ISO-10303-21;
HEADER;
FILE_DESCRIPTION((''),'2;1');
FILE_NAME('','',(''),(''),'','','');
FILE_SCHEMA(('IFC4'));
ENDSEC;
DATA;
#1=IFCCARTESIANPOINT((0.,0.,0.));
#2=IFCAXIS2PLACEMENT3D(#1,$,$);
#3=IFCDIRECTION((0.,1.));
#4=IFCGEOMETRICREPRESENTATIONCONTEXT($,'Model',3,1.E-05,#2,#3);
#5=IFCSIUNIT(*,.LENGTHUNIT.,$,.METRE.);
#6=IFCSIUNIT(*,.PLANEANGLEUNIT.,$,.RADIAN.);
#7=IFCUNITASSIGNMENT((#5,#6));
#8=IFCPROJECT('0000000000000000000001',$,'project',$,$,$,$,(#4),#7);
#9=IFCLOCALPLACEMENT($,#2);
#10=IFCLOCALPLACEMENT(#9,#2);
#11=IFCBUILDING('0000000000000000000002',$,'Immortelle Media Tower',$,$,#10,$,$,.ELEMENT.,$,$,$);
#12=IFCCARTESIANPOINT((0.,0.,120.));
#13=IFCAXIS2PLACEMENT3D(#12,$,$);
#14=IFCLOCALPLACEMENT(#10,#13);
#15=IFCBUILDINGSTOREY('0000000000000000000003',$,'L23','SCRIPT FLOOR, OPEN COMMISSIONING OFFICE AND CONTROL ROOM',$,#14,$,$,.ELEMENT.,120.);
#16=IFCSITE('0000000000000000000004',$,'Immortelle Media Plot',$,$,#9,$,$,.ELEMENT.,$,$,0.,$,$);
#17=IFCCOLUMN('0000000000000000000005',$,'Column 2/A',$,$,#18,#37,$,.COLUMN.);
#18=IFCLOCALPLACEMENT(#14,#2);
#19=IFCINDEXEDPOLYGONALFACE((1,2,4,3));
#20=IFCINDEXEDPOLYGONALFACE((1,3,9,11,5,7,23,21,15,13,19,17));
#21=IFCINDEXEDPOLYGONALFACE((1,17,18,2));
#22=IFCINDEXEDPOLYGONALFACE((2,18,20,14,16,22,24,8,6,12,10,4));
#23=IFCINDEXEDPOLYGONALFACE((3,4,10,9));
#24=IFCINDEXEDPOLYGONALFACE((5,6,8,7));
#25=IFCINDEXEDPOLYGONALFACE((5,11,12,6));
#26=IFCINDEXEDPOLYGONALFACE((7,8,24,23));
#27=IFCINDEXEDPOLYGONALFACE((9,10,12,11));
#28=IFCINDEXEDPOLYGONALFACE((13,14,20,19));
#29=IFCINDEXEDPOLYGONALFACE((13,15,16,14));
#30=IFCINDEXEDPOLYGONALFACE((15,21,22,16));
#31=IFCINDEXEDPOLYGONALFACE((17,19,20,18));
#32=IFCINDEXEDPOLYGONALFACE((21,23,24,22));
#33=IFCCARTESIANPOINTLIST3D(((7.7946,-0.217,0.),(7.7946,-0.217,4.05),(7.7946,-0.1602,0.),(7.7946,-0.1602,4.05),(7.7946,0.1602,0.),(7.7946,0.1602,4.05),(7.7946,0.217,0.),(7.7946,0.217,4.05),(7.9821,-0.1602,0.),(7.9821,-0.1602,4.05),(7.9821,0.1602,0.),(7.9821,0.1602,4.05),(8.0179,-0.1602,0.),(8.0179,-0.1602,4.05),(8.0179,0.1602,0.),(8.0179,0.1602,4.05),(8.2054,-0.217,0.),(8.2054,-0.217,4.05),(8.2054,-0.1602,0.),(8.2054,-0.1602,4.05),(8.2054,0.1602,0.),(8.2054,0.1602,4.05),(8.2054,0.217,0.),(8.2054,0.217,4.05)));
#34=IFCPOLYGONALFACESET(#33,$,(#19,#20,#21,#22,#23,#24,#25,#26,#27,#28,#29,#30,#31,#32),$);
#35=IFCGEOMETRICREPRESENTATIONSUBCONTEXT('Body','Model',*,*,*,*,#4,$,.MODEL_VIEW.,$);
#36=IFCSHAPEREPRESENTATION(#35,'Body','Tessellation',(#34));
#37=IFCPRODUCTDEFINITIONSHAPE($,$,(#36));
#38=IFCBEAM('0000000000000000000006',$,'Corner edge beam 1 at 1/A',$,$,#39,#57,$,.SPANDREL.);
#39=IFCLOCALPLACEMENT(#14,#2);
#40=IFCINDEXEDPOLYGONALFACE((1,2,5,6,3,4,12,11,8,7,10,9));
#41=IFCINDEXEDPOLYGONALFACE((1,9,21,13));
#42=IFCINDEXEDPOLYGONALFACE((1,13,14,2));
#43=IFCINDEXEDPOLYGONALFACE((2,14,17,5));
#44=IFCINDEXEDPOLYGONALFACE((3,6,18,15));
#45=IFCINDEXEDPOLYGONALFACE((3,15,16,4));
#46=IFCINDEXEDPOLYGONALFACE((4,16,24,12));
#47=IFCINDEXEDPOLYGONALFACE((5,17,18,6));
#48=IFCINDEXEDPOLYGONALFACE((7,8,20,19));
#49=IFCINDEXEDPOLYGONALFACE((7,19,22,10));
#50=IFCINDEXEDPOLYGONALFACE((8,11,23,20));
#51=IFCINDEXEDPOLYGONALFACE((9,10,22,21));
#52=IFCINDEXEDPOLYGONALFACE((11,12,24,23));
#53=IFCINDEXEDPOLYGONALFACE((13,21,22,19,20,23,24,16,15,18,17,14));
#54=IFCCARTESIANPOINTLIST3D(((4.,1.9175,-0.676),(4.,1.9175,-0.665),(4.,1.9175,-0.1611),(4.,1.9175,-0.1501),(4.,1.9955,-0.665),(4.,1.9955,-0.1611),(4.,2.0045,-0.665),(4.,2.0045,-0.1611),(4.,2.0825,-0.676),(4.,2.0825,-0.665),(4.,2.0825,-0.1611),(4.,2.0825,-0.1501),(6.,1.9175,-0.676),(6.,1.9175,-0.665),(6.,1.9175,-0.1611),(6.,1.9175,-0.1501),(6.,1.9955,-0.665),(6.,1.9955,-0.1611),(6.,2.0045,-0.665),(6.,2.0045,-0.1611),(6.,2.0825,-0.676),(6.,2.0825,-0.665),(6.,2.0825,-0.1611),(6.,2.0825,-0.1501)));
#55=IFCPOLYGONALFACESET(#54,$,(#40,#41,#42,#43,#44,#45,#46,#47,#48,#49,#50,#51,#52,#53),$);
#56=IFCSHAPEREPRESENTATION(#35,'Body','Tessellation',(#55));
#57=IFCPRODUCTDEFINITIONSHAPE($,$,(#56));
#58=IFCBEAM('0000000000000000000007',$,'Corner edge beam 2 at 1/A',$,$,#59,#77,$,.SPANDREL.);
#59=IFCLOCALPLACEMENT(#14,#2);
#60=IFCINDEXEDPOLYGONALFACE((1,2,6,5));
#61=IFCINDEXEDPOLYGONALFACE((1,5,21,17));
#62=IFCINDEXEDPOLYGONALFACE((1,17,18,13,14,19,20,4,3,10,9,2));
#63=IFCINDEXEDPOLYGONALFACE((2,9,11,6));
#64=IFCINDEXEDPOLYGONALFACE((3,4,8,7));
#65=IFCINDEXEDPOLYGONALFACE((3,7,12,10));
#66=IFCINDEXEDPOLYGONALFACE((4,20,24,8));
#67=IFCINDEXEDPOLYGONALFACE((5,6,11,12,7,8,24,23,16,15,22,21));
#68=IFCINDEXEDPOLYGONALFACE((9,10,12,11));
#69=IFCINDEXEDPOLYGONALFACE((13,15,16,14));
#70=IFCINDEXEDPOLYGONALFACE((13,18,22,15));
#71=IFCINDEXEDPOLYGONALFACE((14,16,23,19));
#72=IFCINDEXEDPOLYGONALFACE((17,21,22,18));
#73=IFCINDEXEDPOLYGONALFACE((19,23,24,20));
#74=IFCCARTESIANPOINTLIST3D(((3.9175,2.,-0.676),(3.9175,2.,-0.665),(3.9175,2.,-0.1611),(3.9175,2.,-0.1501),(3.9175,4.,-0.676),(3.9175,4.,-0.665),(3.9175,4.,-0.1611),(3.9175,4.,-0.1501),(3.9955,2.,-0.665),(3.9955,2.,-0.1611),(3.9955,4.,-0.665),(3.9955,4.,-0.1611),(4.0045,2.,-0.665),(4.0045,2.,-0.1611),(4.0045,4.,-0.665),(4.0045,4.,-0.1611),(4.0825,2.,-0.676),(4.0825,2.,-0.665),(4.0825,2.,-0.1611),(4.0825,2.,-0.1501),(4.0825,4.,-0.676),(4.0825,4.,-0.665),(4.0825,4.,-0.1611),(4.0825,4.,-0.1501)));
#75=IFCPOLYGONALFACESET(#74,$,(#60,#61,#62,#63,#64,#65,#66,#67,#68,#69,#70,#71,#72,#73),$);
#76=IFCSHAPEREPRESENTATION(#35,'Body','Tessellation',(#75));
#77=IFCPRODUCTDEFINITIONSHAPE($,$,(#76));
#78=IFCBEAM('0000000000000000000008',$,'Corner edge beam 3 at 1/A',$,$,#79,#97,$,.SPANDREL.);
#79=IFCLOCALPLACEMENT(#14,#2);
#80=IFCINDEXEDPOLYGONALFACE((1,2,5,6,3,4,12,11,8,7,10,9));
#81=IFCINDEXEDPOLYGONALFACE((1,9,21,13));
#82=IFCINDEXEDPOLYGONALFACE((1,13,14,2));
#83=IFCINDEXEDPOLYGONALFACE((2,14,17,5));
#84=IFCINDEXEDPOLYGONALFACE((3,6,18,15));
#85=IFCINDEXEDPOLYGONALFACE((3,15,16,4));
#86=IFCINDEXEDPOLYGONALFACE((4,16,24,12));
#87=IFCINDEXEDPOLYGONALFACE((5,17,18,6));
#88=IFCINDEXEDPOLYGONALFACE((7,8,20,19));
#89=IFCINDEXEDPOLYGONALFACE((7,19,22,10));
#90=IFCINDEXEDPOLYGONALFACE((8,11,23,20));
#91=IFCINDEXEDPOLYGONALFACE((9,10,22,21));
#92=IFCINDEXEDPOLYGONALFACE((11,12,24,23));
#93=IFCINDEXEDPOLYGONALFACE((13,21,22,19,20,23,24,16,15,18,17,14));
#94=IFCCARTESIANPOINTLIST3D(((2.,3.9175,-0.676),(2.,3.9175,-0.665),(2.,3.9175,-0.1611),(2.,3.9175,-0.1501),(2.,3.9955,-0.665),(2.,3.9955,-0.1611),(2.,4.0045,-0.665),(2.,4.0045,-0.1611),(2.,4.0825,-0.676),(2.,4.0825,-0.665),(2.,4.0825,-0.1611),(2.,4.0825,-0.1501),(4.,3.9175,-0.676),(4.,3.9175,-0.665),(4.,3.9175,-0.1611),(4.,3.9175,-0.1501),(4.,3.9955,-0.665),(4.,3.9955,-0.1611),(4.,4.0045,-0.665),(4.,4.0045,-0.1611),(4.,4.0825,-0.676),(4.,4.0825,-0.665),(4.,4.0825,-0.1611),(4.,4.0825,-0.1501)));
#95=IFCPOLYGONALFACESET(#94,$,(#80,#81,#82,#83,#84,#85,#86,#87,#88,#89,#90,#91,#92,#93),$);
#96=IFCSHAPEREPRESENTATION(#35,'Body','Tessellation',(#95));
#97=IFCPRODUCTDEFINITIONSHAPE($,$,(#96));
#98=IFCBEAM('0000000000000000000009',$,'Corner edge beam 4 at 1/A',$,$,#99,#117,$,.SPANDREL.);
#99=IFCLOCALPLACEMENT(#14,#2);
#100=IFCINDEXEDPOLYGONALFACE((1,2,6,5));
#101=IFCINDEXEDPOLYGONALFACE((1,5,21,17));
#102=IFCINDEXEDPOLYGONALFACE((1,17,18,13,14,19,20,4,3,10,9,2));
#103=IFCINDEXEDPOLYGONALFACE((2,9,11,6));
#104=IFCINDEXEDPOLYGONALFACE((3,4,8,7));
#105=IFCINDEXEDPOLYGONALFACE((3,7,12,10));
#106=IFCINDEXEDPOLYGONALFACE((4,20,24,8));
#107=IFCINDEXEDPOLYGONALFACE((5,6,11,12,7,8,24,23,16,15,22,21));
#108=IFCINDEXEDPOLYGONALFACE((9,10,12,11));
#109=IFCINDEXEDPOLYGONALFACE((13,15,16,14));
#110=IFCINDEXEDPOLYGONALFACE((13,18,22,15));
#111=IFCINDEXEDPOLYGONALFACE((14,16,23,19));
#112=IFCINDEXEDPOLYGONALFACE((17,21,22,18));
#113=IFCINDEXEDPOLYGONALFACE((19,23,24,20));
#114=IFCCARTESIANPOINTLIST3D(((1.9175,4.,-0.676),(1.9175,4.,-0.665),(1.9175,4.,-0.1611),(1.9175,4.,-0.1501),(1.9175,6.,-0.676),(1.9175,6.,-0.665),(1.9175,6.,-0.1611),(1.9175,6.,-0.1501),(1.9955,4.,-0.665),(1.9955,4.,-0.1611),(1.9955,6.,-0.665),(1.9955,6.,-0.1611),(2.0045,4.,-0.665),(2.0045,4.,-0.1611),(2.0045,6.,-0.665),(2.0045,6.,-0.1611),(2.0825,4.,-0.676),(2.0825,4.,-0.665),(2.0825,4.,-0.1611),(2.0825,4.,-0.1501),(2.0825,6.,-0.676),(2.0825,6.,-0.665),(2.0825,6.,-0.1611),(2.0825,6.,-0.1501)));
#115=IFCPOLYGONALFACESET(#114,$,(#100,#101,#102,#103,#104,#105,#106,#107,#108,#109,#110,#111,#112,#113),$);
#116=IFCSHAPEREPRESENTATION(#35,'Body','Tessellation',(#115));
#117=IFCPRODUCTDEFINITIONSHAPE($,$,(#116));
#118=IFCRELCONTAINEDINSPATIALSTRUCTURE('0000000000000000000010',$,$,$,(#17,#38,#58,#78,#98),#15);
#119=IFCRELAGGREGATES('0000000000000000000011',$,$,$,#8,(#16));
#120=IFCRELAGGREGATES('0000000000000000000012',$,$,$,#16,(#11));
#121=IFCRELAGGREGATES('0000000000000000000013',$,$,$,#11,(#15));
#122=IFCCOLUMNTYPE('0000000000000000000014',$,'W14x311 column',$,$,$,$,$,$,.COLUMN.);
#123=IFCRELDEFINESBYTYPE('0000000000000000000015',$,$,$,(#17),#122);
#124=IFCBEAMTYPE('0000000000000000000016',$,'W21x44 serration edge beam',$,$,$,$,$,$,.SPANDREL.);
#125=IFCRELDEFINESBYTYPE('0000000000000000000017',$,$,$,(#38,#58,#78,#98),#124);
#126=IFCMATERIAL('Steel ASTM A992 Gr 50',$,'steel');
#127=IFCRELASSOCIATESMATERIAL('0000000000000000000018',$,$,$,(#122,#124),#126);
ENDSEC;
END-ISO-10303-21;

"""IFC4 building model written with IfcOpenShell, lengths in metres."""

from ifc_helpers import new_model, si_unit, direction, frame, origin, origin_2d, place, context, subcontext, project, spatial, i_section, extrude, material, material_profile, profile_set, type_object, element, save


model = new_model("IFC4")

# Units and contexts
model_context = context("Model", 3, precision=1e-05, world=origin(), true_north=direction((0.0, 1.0)))
body_context = subcontext(model_context, "Body", "Model", "MODEL_VIEW")
ifc_project = project(units=[si_unit("LENGTHUNIT", "METRE"), si_unit("PLANEANGLEUNIT", "RADIAN")], contexts=[model_context])

# Site, building, storey
site_placement = place(None, origin())
site = spatial("IfcSite", under=ifc_project, at=site_placement, Name="Immortelle Media Plot", CompositionType="ELEMENT", RefElevation=0.0)
building_placement = place(site_placement, origin())
building = spatial("IfcBuilding", under=site, at=building_placement, Name="Immortelle Media Tower", CompositionType="ELEMENT")
storey_placement = place(building_placement, frame((0.0, 0.0, 120.0)))
storey = spatial("IfcBuildingStorey", under=building, at=storey_placement, Name="L23", Description="SCRIPT FLOOR, OPEN COMMISSIONING OFFICE AND CONTROL ROOM", CompositionType="ELEMENT", Elevation=120.0)

# Column
ifc_material_1 = material(Name="Steel ASTM A992 Gr 50", Category="steel")
ifc_material_profile_1 = material_profile(ifc_material_1, i_section(OverallWidth=0.4109, OverallDepth=0.4341, WebThickness=0.0359, FlangeThickness=0.0569, at=origin_2d()), Name="W14x311")
ifc_profile_set_1 = profile_set([ifc_material_profile_1], Name="Steel ASTM A992 Gr 50")
column_type = type_object("IfcColumnType", Name="W14x311 column", PredefinedType="COLUMN", material=ifc_profile_set_1)
column_placement = place(storey_placement, frame((8.0, 0.0, 0.0), z_axis=(0.0, 0.0, 1.0), x_axis=(1.0, 0.0, 0.0)))
element("IfcColumn", 1, at=column_placement, inside=storey, type_object=column_type, Name="Column 2/A", PredefinedType="COLUMN", context=body_context, shape_type="SweptSolid", body=[
    extrude(i_section(OverallWidth=0.4109, OverallDepth=0.4341, WebThickness=0.0359, FlangeThickness=0.0569, at=origin_2d()), origin(), (0.0, 0.0, 1.0), 4.05),
])

# Beams
ifc_material_profile_2 = material_profile(ifc_material_1, i_section(OverallWidth=0.165, OverallDepth=0.5259, WebThickness=0.009, FlangeThickness=0.011, at=origin_2d()), Name="W21x44")
ifc_profile_set_2 = profile_set([ifc_material_profile_2], Name="Steel ASTM A992 Gr 50")
beam_type = type_object("IfcBeamType", Name="W21x44 serration edge beam", PredefinedType="SPANDREL", material=ifc_profile_set_2)
for number, where, z_axis, x_axis, name in (
    (2, (6.0, 2.0, -0.4131), (-1.0, 0.0, 0.0), (0.0, -1.0, 0.0), "Corner edge beam 1 at 1/A"),
    (3, (4.0, 2.0, -0.4131), (0.0, 1.0, 0.0), (-1.0, 0.0, 0.0), "Corner edge beam 2 at 1/A"),
    (4, (4.0, 4.0, -0.4131), (-1.0, 0.0, 0.0), (0.0, -1.0, 0.0), "Corner edge beam 3 at 1/A"),
    (5, (2.0, 4.0, -0.4131), (0.0, 1.0, 0.0), (-1.0, 0.0, 0.0), "Corner edge beam 4 at 1/A"),
):
    element("IfcBeam", number, at=place(storey_placement, frame(where, z_axis=z_axis, x_axis=x_axis)), inside=storey, type_object=beam_type, Name=name, PredefinedType="SPANDREL", context=body_context, shape_type="SweptSolid", body=[
        extrude(i_section(OverallWidth=0.165, OverallDepth=0.5259, WebThickness=0.009, FlangeThickness=0.011, at=origin_2d()), origin(), (0.0, 0.0, 1.0), 2.0),
    ])

save(model, "model.ifc")
